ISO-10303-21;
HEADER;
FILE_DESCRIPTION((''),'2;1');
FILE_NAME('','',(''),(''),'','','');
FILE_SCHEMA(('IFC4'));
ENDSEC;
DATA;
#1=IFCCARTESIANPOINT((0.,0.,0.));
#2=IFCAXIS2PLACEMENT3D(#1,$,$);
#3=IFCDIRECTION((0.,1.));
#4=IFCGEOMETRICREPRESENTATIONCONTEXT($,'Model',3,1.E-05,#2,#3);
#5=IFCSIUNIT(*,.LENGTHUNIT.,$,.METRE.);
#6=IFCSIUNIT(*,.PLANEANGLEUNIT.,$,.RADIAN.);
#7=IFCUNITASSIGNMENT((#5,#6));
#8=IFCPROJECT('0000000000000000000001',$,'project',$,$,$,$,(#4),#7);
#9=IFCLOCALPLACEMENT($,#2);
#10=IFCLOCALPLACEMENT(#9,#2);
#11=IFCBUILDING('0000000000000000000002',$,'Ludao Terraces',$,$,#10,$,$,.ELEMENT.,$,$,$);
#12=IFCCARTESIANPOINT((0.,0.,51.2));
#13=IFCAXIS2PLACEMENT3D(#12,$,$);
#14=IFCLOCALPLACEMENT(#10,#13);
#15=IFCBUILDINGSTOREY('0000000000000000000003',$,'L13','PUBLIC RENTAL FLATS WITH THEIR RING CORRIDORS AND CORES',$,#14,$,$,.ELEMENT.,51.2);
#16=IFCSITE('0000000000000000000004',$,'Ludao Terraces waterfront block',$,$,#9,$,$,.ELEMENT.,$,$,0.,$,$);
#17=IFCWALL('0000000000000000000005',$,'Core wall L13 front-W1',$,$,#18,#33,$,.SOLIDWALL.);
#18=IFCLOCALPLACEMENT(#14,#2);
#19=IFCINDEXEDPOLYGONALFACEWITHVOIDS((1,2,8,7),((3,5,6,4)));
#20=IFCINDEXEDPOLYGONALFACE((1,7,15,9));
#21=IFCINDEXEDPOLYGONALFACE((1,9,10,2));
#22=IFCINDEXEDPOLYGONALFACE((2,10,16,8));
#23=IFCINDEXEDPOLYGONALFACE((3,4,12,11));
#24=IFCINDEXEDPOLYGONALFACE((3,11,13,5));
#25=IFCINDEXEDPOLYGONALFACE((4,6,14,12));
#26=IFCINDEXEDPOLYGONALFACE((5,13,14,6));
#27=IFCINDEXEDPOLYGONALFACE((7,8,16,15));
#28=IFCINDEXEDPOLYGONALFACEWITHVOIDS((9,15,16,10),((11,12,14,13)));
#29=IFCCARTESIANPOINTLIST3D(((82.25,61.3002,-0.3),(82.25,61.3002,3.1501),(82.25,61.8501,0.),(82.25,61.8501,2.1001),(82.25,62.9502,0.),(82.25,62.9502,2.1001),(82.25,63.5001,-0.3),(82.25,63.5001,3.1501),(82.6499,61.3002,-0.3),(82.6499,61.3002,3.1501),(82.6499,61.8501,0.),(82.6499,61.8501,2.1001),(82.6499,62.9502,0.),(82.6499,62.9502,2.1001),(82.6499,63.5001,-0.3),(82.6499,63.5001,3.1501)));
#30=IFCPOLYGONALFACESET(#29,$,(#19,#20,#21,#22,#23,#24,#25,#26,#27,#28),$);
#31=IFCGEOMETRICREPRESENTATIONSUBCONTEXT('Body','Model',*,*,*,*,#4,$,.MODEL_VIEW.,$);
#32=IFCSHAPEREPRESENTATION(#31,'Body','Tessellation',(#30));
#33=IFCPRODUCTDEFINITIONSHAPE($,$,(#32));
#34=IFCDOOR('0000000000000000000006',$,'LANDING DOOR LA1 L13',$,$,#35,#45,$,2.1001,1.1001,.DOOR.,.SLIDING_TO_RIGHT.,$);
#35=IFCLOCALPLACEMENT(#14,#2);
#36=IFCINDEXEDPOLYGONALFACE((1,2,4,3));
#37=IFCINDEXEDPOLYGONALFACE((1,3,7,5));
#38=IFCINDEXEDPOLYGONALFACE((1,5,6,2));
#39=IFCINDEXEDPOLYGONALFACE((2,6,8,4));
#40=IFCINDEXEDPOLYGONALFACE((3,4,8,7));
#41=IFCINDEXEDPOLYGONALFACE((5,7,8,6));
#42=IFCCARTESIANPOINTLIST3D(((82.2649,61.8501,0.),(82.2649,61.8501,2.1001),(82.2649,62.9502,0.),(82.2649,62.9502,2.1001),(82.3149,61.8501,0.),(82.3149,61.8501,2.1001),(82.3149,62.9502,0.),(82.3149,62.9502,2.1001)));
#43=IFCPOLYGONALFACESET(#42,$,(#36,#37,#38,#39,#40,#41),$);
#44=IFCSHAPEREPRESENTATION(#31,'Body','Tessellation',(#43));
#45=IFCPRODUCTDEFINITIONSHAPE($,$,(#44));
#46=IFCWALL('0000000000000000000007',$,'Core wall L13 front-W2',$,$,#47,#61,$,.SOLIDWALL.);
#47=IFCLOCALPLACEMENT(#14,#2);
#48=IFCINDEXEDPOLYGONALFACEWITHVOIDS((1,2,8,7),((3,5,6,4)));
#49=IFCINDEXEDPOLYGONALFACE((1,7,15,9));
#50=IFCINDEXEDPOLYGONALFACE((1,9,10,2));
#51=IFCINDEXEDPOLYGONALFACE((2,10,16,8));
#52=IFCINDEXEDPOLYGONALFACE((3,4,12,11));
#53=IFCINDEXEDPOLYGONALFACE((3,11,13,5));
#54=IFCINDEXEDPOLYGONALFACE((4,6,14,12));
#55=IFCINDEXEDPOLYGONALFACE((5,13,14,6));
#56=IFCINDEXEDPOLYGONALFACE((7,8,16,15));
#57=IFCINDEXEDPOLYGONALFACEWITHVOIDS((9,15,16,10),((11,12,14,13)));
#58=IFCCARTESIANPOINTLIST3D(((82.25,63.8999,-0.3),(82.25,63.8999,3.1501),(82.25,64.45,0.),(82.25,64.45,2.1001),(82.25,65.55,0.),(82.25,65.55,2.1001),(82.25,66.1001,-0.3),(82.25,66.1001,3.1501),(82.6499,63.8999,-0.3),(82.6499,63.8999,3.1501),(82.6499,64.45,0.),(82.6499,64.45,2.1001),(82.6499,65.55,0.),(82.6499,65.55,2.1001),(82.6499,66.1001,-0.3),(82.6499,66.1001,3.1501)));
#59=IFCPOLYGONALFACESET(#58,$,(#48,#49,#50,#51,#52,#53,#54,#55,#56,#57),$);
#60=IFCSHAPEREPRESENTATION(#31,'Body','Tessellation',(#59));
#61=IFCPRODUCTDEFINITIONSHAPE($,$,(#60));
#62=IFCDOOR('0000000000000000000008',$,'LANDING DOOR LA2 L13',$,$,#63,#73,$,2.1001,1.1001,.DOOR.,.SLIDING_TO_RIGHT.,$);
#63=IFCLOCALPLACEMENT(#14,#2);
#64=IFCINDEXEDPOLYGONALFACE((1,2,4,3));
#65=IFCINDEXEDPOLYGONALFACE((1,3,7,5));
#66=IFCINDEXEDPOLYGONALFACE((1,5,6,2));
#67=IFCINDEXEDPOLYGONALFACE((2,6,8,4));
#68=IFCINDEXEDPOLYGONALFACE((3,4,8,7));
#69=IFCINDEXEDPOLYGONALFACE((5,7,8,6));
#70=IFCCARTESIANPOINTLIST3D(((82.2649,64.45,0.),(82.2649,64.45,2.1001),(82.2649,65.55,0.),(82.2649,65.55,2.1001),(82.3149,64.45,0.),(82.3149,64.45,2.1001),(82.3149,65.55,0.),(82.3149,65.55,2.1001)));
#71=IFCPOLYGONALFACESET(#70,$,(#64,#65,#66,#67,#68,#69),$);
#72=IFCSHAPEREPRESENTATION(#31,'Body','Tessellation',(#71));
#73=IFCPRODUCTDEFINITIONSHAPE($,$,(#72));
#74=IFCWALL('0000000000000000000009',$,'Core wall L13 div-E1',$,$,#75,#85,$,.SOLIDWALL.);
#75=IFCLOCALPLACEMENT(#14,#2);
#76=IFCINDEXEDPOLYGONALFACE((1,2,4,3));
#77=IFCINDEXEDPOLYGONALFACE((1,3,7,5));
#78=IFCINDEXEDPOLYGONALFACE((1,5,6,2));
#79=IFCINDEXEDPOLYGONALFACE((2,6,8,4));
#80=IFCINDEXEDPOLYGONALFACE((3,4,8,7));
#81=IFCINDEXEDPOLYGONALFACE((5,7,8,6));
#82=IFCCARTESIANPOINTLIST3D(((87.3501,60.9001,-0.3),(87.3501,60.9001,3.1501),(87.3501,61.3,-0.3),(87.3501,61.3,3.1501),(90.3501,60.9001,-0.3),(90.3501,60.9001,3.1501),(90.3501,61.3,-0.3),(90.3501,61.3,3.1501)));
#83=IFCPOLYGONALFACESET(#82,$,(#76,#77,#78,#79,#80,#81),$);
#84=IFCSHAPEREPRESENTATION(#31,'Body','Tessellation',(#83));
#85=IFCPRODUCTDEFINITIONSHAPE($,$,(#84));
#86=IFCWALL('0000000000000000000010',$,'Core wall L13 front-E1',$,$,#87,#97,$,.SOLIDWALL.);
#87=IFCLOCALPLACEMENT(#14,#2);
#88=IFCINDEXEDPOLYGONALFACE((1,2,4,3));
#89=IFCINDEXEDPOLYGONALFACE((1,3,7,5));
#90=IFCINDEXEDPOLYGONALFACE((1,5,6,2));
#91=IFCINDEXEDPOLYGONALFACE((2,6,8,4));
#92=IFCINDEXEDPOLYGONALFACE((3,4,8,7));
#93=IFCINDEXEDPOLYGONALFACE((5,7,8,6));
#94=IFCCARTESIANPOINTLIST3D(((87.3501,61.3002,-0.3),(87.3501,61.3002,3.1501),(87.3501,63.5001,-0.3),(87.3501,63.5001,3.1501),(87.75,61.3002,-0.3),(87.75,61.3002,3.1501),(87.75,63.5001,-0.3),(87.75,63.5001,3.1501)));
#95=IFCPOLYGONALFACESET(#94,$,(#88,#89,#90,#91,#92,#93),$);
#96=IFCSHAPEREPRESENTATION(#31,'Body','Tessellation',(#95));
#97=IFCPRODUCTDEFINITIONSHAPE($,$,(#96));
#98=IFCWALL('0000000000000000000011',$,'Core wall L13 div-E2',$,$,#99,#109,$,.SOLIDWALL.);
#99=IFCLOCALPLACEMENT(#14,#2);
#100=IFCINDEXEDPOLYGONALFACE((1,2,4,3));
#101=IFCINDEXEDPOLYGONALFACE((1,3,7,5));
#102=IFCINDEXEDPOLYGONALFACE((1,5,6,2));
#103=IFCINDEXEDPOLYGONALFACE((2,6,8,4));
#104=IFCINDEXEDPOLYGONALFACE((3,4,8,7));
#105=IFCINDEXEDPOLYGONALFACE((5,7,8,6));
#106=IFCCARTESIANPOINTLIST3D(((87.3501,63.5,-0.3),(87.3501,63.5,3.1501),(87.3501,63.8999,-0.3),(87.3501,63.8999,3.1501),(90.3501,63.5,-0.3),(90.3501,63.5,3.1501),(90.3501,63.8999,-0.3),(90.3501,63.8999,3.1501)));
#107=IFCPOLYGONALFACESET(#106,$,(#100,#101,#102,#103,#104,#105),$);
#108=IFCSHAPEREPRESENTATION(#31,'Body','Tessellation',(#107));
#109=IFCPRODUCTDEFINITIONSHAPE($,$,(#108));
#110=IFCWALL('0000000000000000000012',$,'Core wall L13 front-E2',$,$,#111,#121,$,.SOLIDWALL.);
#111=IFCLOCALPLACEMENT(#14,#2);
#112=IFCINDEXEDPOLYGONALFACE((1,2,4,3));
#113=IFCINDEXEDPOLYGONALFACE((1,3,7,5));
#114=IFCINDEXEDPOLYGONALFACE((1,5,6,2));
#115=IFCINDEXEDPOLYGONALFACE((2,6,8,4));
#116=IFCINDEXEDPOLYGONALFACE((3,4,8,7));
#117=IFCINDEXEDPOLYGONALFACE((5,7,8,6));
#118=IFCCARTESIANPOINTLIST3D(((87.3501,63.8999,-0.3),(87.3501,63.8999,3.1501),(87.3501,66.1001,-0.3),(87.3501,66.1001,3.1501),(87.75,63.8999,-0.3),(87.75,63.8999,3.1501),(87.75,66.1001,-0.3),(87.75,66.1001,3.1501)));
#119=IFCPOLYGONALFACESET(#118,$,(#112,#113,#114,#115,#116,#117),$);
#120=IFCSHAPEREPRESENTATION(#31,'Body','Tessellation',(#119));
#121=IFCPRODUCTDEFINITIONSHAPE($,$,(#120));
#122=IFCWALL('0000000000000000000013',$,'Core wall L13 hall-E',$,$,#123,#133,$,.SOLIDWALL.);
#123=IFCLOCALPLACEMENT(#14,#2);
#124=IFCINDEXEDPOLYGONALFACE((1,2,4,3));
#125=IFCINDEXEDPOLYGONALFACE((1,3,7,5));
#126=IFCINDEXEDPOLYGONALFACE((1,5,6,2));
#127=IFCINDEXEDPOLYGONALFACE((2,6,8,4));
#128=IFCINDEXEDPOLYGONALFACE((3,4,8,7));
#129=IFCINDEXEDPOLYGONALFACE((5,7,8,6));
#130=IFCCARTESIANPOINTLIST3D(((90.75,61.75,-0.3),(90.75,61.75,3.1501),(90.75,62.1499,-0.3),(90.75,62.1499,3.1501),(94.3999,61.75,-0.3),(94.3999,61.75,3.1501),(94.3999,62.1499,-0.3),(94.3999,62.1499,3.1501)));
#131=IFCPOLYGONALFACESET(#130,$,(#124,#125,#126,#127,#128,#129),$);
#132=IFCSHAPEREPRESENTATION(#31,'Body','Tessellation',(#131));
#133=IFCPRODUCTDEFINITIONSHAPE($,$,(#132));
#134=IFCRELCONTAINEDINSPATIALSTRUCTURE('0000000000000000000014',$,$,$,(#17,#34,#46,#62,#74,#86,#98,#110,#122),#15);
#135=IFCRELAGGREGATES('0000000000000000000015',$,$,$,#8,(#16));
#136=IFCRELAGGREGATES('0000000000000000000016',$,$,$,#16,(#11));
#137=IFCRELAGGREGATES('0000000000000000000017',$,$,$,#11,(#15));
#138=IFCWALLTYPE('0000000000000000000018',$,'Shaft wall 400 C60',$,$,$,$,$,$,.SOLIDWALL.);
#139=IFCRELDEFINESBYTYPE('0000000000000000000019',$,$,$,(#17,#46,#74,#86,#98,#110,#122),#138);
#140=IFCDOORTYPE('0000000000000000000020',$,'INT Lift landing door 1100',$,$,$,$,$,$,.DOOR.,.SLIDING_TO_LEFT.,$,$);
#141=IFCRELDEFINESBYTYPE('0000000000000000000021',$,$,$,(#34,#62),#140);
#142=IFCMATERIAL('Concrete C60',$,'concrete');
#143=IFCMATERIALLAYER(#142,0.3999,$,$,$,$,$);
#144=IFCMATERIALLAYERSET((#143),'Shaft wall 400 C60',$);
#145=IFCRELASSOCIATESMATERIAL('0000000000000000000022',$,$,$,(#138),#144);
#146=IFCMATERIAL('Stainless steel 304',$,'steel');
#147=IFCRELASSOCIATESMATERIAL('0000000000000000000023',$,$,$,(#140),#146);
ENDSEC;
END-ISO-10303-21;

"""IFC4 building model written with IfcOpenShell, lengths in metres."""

from ifc_helpers import new_model, si_unit, direction, frame, frame_2d, origin, place, context, subcontext, project, spatial, rectangle, extrude, material, layer, layer_set, type_object, element, fill, save


model = new_model("IFC4")

# Units and contexts
model_context = context("Model", 3, precision=1e-05, world=origin(), true_north=direction((0.0, 1.0)))
body_context = subcontext(model_context, "Body", "Model", "MODEL_VIEW")
ifc_project = project(units=[si_unit("LENGTHUNIT", "METRE"), si_unit("PLANEANGLEUNIT", "RADIAN")], contexts=[model_context])

# Site, building, storey
site_placement = place(None, origin())
site = spatial("IfcSite", under=ifc_project, at=site_placement, Name="Ludao Terraces waterfront block", CompositionType="ELEMENT", RefElevation=0.0)
building_placement = place(site_placement, origin())
building = spatial("IfcBuilding", under=site, at=building_placement, Name="Ludao Terraces", CompositionType="ELEMENT")
storey_placement = place(building_placement, frame((0.0, 0.0, 51.2)))
storey = spatial("IfcBuildingStorey", under=building, at=storey_placement, Name="L13", Description="PUBLIC RENTAL FLATS WITH THEIR RING CORRIDORS AND CORES", CompositionType="ELEMENT", Elevation=51.2)

# Shared definitions
ifc_material_1 = material(Name="Concrete C60", Category="concrete")
ifc_layer_1 = layer(ifc_material_1, 0.3999)
ifc_layer_set_1 = layer_set([ifc_layer_1], Name="Shaft wall 400 C60")
wall_type_1 = type_object("IfcWallType", Name="Shaft wall 400 C60", PredefinedType="SOLIDWALL", material=ifc_layer_set_1)

# Walls, openings, doors
wall_1_placement = place(storey_placement, frame((82.45, 61.3, -0.3), z_axis=(0.0, 0.0, 1.0), x_axis=(0.0, 1.0, 0.0)))
wall_1 = element("IfcWall", 1, at=wall_1_placement, inside=storey, type_object=wall_type_1, Name="Core wall L13 front-W1", PredefinedType="SOLIDWALL", context=body_context, shape_type="SweptSolid", body=[
    extrude(rectangle(XDim=2.2, YDim=0.3999, at=frame_2d((1.1001, 0.0))), origin(), (0.0, 0.0, 1.0), 3.4502),
])
opening_1_placement = place(wall_1_placement, frame((0.55, 0.0, 0.3)))
opening_1 = element("IfcOpeningElement", 2, at=opening_1_placement, cuts=wall_1, PredefinedType="OPENING", context=body_context, shape_type="SweptSolid", body=[
    extrude(rectangle(XDim=1.1001, YDim=2.1001, at=frame_2d((0.55, 1.05))), frame((0.0, 0.21, 0.0), z_axis=(0.0, -1.0, 0.0), x_axis=(1.0, 0.0, 0.0)), (0.0, 0.0, 1.0), 0.4199),
])
ifc_material_2 = material(Name="Stainless steel 304", Category="steel")
door_type_1 = type_object("IfcDoorType", Name="INT Lift landing door 1100", OperationType="SLIDING_TO_LEFT", PredefinedType="DOOR", material=ifc_material_2)
door_1_placement = place(opening_1_placement, origin())
door_1 = element("IfcDoor", 3, at=door_1_placement, inside=storey, type_object=door_type_1, Name="LANDING DOOR LA1 L13", OperationType="SLIDING_TO_RIGHT", OverallHeight=2.1001, OverallWidth=1.1001, PredefinedType="DOOR", context=body_context, shape_type="SweptSolid", body=[
    extrude(rectangle(XDim=1.1001, YDim=2.1001, at=frame_2d((0.55, 1.05))), frame((0.0, 0.1851, 0.0), z_axis=(0.0, -1.0, 0.0), x_axis=(1.0, 0.0, 0.0)), (0.0, 0.0, 1.0), 0.05),
])
fill(opening_1, door_1)
wall_2_placement = place(storey_placement, frame((82.45, 63.8999, -0.3), z_axis=(0.0, 0.0, 1.0), x_axis=(0.0, 1.0, 0.0)))
wall_2 = element("IfcWall", 4, at=wall_2_placement, inside=storey, type_object=wall_type_1, Name="Core wall L13 front-W2", PredefinedType="SOLIDWALL", context=body_context, shape_type="SweptSolid", body=[
    extrude(rectangle(XDim=2.2002, YDim=0.3999, at=frame_2d((1.1001, 0.0))), origin(), (0.0, 0.0, 1.0), 3.4502),
])
opening_2_placement = place(wall_2_placement, frame((0.55, 0.0, 0.3)))
opening_2 = element("IfcOpeningElement", 5, at=opening_2_placement, cuts=wall_2, PredefinedType="OPENING", context=body_context, shape_type="SweptSolid", body=[
    extrude(rectangle(XDim=1.1001, YDim=2.1001, at=frame_2d((0.55, 1.05))), frame((0.0, 0.21, 0.0), z_axis=(0.0, -1.0, 0.0), x_axis=(1.0, 0.0, 0.0)), (0.0, 0.0, 1.0), 0.4199),
])
door_2_placement = place(opening_2_placement, origin())
door_2 = element("IfcDoor", 6, at=door_2_placement, inside=storey, type_object=door_type_1, Name="LANDING DOOR LA2 L13", OperationType="SLIDING_TO_RIGHT", OverallHeight=2.1001, OverallWidth=1.1001, PredefinedType="DOOR", context=body_context, shape_type="SweptSolid", body=[
    extrude(rectangle(XDim=1.1001, YDim=2.1001, at=frame_2d((0.55, 1.05))), frame((0.0, 0.1851, 0.0), z_axis=(0.0, -1.0, 0.0), x_axis=(1.0, 0.0, 0.0)), (0.0, 0.0, 1.0), 0.05),
])
fill(opening_2, door_2)

# Walls
wall_3_placement = place(storey_placement, frame((87.3501, 61.1001, -0.3), z_axis=(0.0, 0.0, 1.0), x_axis=(1.0, 0.0, 0.0)))
element("IfcWall", 7, at=wall_3_placement, inside=storey, type_object=wall_type_1, Name="Core wall L13 div-E1", PredefinedType="SOLIDWALL", context=body_context, shape_type="SweptSolid", body=[
    extrude(rectangle(XDim=3.0, YDim=0.3999, at=frame_2d((1.5, 0.0))), origin(), (0.0, 0.0, 1.0), 3.4502),
])
wall_4_placement = place(storey_placement, frame((87.55, 61.3, -0.3), z_axis=(0.0, 0.0, 1.0), x_axis=(0.0, 1.0, 0.0)))
element("IfcWall", 8, at=wall_4_placement, inside=storey, type_object=wall_type_1, Name="Core wall L13 front-E1", PredefinedType="SOLIDWALL", context=body_context, shape_type="SweptSolid", body=[
    extrude(rectangle(XDim=2.2, YDim=0.3999, at=frame_2d((1.1001, 0.0))), origin(), (0.0, 0.0, 1.0), 3.4502),
])
wall_5_placement = place(storey_placement, frame((87.3501, 63.7, -0.3), z_axis=(0.0, 0.0, 1.0), x_axis=(1.0, 0.0, 0.0)))
element("IfcWall", 9, at=wall_5_placement, inside=storey, type_object=wall_type_1, Name="Core wall L13 div-E2", PredefinedType="SOLIDWALL", context=body_context, shape_type="SweptSolid", body=[
    extrude(rectangle(XDim=3.0, YDim=0.3999, at=frame_2d((1.5, 0.0))), origin(), (0.0, 0.0, 1.0), 3.4502),
])
wall_6_placement = place(storey_placement, frame((87.55, 63.8999, -0.3), z_axis=(0.0, 0.0, 1.0), x_axis=(0.0, 1.0, 0.0)))
element("IfcWall", 10, at=wall_6_placement, inside=storey, type_object=wall_type_1, Name="Core wall L13 front-E2", PredefinedType="SOLIDWALL", context=body_context, shape_type="SweptSolid", body=[
    extrude(rectangle(XDim=2.2002, YDim=0.3999, at=frame_2d((1.1001, 0.0))), origin(), (0.0, 0.0, 1.0), 3.4502),
])
wall_7_placement = place(storey_placement, frame((90.75, 61.95, -0.3), z_axis=(0.0, 0.0, 1.0), x_axis=(1.0, 0.0, 0.0)))
element("IfcWall", 11, at=wall_7_placement, inside=storey, type_object=wall_type_1, Name="Core wall L13 hall-E", PredefinedType="SOLIDWALL", context=body_context, shape_type="SweptSolid", body=[
    extrude(rectangle(XDim=3.6499, YDim=0.3999, at=frame_2d((1.825, 0.0))), origin(), (0.0, 0.0, 1.0), 3.4502),
])

save(model, "model.ifc")
